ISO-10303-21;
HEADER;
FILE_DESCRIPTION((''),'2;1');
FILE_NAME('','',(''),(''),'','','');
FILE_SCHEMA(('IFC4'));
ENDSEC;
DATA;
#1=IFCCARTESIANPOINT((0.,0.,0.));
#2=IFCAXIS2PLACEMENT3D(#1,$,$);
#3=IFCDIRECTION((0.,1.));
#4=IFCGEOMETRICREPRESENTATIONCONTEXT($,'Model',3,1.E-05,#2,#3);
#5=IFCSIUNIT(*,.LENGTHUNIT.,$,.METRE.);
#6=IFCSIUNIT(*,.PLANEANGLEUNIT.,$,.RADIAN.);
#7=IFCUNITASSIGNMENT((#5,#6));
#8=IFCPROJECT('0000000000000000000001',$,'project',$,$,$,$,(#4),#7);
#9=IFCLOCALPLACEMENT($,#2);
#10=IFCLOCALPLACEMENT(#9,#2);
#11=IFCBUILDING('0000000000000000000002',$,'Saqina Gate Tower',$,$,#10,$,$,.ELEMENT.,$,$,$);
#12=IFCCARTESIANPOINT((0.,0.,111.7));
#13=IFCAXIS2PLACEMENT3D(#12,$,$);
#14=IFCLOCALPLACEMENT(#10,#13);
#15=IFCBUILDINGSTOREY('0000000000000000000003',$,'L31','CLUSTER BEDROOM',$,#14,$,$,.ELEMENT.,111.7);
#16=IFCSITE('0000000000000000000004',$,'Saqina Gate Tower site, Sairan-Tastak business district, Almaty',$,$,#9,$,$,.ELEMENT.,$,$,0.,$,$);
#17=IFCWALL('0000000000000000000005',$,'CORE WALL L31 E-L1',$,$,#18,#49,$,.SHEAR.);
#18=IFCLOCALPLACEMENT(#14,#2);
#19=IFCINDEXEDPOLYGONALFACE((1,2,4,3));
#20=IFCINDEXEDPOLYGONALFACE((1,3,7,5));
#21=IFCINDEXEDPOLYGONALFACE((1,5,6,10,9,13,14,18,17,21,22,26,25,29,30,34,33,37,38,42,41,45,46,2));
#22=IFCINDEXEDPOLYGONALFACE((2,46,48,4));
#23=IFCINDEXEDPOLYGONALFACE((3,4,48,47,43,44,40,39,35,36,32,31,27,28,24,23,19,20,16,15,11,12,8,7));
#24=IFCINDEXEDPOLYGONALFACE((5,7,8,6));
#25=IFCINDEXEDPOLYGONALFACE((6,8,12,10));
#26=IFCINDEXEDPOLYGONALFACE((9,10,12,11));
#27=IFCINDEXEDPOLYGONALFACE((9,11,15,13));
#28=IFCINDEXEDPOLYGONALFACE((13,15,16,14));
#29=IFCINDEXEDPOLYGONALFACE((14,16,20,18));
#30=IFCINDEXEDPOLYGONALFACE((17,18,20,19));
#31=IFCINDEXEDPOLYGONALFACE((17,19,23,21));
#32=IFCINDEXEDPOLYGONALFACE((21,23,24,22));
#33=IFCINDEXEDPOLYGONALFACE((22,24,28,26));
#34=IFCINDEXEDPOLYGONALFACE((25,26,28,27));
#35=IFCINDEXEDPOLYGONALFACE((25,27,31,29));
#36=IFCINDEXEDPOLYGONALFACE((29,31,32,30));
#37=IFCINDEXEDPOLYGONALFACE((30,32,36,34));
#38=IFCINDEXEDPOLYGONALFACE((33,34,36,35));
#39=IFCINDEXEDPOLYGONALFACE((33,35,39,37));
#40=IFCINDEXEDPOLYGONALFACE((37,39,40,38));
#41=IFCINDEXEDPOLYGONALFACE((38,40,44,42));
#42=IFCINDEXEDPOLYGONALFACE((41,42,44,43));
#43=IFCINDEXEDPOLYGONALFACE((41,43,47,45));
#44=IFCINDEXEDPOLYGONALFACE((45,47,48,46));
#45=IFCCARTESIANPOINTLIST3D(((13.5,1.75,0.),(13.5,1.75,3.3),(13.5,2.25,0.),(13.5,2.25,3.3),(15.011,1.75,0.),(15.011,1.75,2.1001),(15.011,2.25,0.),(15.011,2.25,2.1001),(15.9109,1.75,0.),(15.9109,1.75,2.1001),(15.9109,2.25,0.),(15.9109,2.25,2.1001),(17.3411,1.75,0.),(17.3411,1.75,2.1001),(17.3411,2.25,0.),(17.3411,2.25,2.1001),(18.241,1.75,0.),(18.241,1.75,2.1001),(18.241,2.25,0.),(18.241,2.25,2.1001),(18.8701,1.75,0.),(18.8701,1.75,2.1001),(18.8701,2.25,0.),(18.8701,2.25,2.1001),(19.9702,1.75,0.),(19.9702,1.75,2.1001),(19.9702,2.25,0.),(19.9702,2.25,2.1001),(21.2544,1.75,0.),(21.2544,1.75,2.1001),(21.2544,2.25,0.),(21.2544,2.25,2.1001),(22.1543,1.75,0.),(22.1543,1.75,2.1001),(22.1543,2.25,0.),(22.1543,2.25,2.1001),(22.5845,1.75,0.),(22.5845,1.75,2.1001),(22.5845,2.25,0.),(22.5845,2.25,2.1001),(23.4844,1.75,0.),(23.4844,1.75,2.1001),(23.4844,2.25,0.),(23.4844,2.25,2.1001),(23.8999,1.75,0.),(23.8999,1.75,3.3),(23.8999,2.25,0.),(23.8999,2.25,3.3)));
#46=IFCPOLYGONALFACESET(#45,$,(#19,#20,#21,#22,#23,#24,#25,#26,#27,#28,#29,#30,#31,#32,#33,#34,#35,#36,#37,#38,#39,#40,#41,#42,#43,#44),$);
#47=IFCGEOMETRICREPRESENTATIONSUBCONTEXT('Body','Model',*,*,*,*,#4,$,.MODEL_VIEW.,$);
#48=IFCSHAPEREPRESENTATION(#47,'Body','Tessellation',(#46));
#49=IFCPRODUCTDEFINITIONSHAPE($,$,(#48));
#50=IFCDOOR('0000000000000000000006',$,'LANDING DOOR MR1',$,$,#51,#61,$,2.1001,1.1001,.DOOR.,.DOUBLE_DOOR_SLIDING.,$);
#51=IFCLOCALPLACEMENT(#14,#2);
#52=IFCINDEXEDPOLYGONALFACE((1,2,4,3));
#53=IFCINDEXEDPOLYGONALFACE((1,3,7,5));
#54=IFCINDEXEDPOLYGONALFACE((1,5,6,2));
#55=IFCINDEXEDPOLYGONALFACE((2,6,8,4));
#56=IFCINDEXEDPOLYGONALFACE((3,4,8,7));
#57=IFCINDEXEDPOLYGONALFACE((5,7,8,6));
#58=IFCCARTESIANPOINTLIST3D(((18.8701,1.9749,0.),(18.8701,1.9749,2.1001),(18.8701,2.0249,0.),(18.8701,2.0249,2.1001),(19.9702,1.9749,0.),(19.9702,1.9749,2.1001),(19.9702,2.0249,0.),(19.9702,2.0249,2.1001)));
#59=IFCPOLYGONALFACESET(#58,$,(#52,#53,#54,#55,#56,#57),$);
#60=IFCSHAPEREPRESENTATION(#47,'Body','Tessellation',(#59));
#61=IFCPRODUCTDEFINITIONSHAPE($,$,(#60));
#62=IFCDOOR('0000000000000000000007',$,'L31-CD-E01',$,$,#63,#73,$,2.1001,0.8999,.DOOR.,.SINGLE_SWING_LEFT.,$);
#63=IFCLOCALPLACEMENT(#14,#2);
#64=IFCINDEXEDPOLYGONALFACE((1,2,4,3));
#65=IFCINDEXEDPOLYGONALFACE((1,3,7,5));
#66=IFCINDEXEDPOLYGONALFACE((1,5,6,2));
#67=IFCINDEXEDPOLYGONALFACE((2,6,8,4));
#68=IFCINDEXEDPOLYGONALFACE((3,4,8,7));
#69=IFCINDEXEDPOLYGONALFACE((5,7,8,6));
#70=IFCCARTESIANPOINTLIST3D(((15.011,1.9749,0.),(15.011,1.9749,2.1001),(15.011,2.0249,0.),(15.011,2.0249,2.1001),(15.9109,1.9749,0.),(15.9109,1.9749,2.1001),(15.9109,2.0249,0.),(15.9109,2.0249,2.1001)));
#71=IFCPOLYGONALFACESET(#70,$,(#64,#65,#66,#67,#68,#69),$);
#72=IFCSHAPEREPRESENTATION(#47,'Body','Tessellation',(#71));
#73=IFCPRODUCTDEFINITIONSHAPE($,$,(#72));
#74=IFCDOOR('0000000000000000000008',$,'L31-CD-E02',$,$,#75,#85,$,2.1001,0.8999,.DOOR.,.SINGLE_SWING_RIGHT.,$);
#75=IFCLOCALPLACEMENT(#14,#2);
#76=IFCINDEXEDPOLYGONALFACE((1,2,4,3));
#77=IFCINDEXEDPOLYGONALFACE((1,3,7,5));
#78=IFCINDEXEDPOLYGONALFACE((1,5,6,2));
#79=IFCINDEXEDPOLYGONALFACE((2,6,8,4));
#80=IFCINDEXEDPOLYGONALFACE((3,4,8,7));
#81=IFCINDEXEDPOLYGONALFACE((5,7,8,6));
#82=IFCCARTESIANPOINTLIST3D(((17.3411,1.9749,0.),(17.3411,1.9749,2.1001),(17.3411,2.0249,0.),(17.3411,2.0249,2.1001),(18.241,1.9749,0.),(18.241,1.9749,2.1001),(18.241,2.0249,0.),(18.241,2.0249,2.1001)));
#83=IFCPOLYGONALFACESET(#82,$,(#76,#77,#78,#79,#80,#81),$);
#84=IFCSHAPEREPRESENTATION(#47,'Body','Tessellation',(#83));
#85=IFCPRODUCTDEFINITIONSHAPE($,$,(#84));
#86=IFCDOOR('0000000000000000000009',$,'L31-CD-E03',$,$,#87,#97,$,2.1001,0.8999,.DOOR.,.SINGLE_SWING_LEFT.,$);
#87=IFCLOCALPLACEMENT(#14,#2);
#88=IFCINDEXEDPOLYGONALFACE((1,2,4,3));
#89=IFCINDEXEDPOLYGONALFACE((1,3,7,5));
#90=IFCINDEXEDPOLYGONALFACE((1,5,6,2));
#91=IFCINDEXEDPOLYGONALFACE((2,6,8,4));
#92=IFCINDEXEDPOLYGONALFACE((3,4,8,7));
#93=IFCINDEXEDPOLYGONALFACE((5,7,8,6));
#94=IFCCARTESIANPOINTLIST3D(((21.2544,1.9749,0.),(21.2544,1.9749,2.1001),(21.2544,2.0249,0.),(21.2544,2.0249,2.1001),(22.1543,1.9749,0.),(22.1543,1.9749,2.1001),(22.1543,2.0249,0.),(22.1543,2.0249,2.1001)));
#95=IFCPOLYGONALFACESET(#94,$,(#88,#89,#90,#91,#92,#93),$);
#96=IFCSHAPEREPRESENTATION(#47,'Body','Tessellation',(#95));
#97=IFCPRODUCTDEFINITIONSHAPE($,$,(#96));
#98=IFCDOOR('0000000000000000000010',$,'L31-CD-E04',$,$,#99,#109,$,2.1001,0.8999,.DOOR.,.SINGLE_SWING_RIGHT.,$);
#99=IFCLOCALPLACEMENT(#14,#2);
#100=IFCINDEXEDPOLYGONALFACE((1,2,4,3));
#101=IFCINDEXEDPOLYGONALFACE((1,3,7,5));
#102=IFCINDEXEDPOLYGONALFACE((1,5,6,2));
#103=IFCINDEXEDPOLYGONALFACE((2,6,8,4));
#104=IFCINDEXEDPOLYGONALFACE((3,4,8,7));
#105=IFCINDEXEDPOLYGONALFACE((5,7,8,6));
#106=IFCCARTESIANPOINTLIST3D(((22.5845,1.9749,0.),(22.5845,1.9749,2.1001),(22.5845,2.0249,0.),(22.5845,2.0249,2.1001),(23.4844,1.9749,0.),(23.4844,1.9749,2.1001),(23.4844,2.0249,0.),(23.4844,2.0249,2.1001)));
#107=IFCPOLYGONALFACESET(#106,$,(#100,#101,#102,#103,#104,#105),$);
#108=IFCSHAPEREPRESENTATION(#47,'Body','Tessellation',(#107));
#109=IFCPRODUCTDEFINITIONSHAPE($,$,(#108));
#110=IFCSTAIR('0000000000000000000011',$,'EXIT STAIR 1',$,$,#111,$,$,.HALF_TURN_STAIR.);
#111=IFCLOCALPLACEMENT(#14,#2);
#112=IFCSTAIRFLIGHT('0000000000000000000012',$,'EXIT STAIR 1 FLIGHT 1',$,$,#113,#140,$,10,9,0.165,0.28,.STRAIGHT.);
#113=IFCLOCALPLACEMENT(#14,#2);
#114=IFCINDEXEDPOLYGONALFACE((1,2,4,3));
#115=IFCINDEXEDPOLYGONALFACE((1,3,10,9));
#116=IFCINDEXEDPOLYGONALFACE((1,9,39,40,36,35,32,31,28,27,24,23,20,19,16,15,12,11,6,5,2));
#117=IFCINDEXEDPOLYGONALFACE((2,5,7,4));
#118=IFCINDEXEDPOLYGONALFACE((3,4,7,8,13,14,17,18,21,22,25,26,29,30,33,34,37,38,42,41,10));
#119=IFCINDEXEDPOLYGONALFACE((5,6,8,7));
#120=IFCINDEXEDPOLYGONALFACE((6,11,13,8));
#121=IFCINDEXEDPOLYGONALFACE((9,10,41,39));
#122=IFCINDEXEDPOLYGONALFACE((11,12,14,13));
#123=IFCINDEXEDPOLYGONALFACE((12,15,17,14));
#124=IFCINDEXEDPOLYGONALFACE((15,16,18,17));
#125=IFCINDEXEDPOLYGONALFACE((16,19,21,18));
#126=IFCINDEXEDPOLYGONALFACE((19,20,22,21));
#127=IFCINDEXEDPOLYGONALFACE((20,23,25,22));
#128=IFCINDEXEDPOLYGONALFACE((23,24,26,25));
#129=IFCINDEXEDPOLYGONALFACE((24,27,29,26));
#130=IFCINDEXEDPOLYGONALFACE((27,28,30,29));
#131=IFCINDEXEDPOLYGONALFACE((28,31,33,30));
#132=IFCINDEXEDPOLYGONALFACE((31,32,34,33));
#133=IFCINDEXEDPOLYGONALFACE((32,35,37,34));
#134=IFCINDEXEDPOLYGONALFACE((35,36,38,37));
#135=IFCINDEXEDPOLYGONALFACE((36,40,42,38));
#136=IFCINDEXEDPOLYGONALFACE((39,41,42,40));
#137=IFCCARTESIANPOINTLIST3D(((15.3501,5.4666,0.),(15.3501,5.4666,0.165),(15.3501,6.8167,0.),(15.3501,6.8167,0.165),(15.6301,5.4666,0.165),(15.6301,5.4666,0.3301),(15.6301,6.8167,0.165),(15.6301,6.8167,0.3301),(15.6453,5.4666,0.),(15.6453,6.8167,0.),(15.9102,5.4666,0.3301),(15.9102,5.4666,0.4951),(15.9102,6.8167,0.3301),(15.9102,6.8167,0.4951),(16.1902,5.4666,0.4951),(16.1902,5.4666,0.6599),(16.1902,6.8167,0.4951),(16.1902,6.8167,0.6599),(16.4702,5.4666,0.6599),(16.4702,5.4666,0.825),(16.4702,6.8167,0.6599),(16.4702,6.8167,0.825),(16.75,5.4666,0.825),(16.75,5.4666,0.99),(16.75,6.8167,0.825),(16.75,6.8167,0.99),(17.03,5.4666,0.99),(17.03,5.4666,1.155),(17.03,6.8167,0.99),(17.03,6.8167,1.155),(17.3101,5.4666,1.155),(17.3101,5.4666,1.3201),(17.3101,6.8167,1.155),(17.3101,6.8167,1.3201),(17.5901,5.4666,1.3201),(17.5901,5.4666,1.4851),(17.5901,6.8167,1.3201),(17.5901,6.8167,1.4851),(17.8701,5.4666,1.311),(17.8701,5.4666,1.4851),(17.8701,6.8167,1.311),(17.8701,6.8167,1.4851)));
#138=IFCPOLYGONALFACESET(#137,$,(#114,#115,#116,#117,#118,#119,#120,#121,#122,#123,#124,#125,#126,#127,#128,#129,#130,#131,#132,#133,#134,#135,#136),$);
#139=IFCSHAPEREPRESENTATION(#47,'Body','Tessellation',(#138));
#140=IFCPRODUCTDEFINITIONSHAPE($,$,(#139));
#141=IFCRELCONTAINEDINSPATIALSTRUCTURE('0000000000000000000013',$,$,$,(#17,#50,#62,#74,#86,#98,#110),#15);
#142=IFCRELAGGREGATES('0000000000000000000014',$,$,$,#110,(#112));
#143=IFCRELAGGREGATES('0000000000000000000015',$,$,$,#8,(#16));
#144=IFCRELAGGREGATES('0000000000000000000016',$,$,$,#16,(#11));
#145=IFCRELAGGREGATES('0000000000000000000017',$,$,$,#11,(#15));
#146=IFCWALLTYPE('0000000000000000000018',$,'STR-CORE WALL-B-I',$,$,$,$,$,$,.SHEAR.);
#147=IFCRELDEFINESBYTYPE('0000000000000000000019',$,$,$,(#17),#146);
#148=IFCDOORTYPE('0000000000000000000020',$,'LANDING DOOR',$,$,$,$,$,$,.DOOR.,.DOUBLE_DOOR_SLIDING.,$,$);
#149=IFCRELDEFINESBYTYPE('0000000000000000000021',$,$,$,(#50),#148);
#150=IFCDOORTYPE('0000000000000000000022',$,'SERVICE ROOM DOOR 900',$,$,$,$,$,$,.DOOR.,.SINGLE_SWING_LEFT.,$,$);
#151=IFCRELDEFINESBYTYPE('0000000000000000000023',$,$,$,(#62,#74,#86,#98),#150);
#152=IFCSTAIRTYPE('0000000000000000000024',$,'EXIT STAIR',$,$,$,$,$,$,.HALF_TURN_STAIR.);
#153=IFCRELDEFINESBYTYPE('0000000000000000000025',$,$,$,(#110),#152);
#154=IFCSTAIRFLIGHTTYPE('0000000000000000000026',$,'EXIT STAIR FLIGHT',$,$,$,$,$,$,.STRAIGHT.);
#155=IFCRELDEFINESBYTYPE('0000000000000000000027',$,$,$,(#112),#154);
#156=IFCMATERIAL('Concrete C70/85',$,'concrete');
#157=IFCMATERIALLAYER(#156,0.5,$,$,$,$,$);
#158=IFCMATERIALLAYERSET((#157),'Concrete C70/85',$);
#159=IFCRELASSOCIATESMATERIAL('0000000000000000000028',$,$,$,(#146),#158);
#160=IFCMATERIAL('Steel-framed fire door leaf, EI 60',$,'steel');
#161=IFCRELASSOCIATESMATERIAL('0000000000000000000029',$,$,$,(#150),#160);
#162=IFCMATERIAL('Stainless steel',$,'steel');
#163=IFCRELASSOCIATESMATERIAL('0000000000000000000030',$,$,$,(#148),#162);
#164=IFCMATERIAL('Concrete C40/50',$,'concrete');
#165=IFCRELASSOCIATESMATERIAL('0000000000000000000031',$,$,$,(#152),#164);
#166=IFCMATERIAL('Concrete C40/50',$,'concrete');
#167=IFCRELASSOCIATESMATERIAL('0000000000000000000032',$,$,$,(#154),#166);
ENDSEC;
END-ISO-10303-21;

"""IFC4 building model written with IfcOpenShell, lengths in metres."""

from ifc_helpers import new_model, si_unit, direction, frame, frame_2d, origin, place, context, subcontext, project, spatial, polyline, rectangle, outline, extrude, material, layer, layer_set, type_object, element, fill, aggregate, save


model = new_model("IFC4")

# Units and contexts
model_context = context("Model", 3, precision=1e-05, world=origin(), true_north=direction((0.0, 1.0)))
body_context = subcontext(model_context, "Body", "Model", "MODEL_VIEW")
ifc_project = project(units=[si_unit("LENGTHUNIT", "METRE"), si_unit("PLANEANGLEUNIT", "RADIAN")], contexts=[model_context])

# Site, building, storey
site_placement = place(None, origin())
site = spatial("IfcSite", under=ifc_project, at=site_placement, Name="Saqina Gate Tower site, Sairan-Tastak business district, Almaty", CompositionType="ELEMENT", RefElevation=0.0)
building_placement = place(site_placement, origin())
building = spatial("IfcBuilding", under=site, at=building_placement, Name="Saqina Gate Tower", CompositionType="ELEMENT")
storey_placement = place(building_placement, frame((0.0, 0.0, 111.7)))
storey = spatial("IfcBuildingStorey", under=building, at=storey_placement, Name="L31", Description="CLUSTER BEDROOM", CompositionType="ELEMENT", Elevation=111.7)

# Shared definitions
ifc_material_1 = material(Name="Concrete C70/85", Category="concrete")
ifc_layer_1 = layer(ifc_material_1, 0.5)
ifc_layer_set_1 = layer_set([ifc_layer_1], Name="Concrete C70/85")
wall_type_1 = type_object("IfcWallType", Name="STR-CORE WALL-B-I", PredefinedType="SHEAR", material=ifc_layer_set_1)
ifc_material_2 = material(Name="Steel-framed fire door leaf, EI 60", Category="steel")
door_type_1 = type_object("IfcDoorType", Name="SERVICE ROOM DOOR 900", OperationType="SINGLE_SWING_LEFT", PredefinedType="DOOR", material=ifc_material_2)

# Wall, openings, doors
wall_1_placement = place(storey_placement, frame((13.5, 2.0, 0.0), z_axis=(0.0, 0.0, 1.0), x_axis=(1.0, 0.0, 0.0)))
wall_1 = element("IfcWall", 1, at=wall_1_placement, inside=storey, type_object=wall_type_1, Name="CORE WALL L31 E-L1", PredefinedType="SHEAR", context=body_context, shape_type="SweptSolid", body=[
    extrude(rectangle(XDim=10.3999, YDim=0.5, at=frame_2d((5.2, 0.0))), origin(), (0.0, 0.0, 1.0), 3.3),
])
opening_1_placement = place(wall_1_placement, frame((5.3701, 0.0, 0.0)))
opening_1 = element("IfcOpeningElement", 2, at=opening_1_placement, cuts=wall_1, PredefinedType="OPENING", context=body_context, shape_type="SweptSolid", body=[
    extrude(rectangle(XDim=1.1001, YDim=2.1001, at=frame_2d((0.55, 1.05))), frame((0.0, 0.262, 0.0), z_axis=(0.0, -1.0, 0.0), x_axis=(1.0, 0.0, 0.0)), (0.0, 0.0, 1.0), 0.5239),
])
opening_2_placement = place(wall_1_placement, frame((1.511, 0.0, 0.0)))
opening_2 = element("IfcOpeningElement", 3, at=opening_2_placement, cuts=wall_1, PredefinedType="OPENING", context=body_context, shape_type="SweptSolid", body=[
    extrude(rectangle(XDim=0.8999, YDim=2.1001, at=frame_2d((0.45, 1.05))), frame((0.0, 0.262, 0.0), z_axis=(0.0, -1.0, 0.0), x_axis=(1.0, 0.0, 0.0)), (0.0, 0.0, 1.0), 0.5239),
])
opening_3_placement = place(wall_1_placement, frame((3.8411, 0.0, 0.0)))
opening_3 = element("IfcOpeningElement", 4, at=opening_3_placement, cuts=wall_1, PredefinedType="OPENING", context=body_context, shape_type="SweptSolid", body=[
    extrude(rectangle(XDim=0.8999, YDim=2.1001, at=frame_2d((0.45, 1.05))), frame((0.0, 0.262, 0.0), z_axis=(0.0, -1.0, 0.0), x_axis=(1.0, 0.0, 0.0)), (0.0, 0.0, 1.0), 0.5239),
])
opening_4_placement = place(wall_1_placement, frame((7.7544, 0.0, 0.0)))
opening_4 = element("IfcOpeningElement", 5, at=opening_4_placement, cuts=wall_1, PredefinedType="OPENING", context=body_context, shape_type="SweptSolid", body=[
    extrude(rectangle(XDim=0.8999, YDim=2.1001, at=frame_2d((0.45, 1.05))), frame((0.0, 0.262, 0.0), z_axis=(0.0, -1.0, 0.0), x_axis=(1.0, 0.0, 0.0)), (0.0, 0.0, 1.0), 0.5239),
])
opening_5_placement = place(wall_1_placement, frame((9.0845, 0.0, 0.0)))
opening_5 = element("IfcOpeningElement", 6, at=opening_5_placement, cuts=wall_1, PredefinedType="OPENING", context=body_context, shape_type="SweptSolid", body=[
    extrude(rectangle(XDim=0.8999, YDim=2.1001, at=frame_2d((0.45, 1.05))), frame((0.0, 0.262, 0.0), z_axis=(0.0, -1.0, 0.0), x_axis=(1.0, 0.0, 0.0)), (0.0, 0.0, 1.0), 0.5239),
])
ifc_material_3 = material(Name="Stainless steel", Category="steel")
door_type_2 = type_object("IfcDoorType", Name="LANDING DOOR", OperationType="DOUBLE_DOOR_SLIDING", PredefinedType="DOOR", material=ifc_material_3)
door_1_placement = place(opening_1_placement, origin())
door_1 = element("IfcDoor", 7, at=door_1_placement, inside=storey, type_object=door_type_2, Name="LANDING DOOR MR1", OperationType="DOUBLE_DOOR_SLIDING", OverallHeight=2.1001, OverallWidth=1.1001, PredefinedType="DOOR", context=body_context, shape_type="SweptSolid", body=[
    extrude(rectangle(XDim=1.1001, YDim=2.1001, at=frame_2d((0.55, 1.05))), frame((0.0, 0.0249, 0.0), z_axis=(0.0, -1.0, 0.0), x_axis=(1.0, 0.0, 0.0)), (0.0, 0.0, 1.0), 0.05),
])
fill(opening_1, door_1)
door_2_placement = place(opening_2_placement, origin())
door_2 = element("IfcDoor", 8, at=door_2_placement, inside=storey, type_object=door_type_1, Name="L31-CD-E01", OperationType="SINGLE_SWING_LEFT", OverallHeight=2.1001, OverallWidth=0.8999, PredefinedType="DOOR", context=body_context, shape_type="SweptSolid", body=[
    extrude(rectangle(XDim=0.8999, YDim=2.1001, at=frame_2d((0.45, 1.05))), frame((0.0, 0.0249, 0.0), z_axis=(0.0, -1.0, 0.0), x_axis=(1.0, 0.0, 0.0)), (0.0, 0.0, 1.0), 0.05),
])
fill(opening_2, door_2)
door_3_placement = place(opening_3_placement, origin())
door_3 = element("IfcDoor", 9, at=door_3_placement, inside=storey, type_object=door_type_1, Name="L31-CD-E02", OperationType="SINGLE_SWING_RIGHT", OverallHeight=2.1001, OverallWidth=0.8999, PredefinedType="DOOR", context=body_context, shape_type="SweptSolid", body=[
    extrude(rectangle(XDim=0.8999, YDim=2.1001, at=frame_2d((0.45, 1.05))), frame((0.0, 0.0249, 0.0), z_axis=(0.0, -1.0, 0.0), x_axis=(1.0, 0.0, 0.0)), (0.0, 0.0, 1.0), 0.05),
])
fill(opening_3, door_3)
door_4_placement = place(opening_4_placement, origin())
door_4 = element("IfcDoor", 10, at=door_4_placement, inside=storey, type_object=door_type_1, Name="L31-CD-E03", OperationType="SINGLE_SWING_LEFT", OverallHeight=2.1001, OverallWidth=0.8999, PredefinedType="DOOR", context=body_context, shape_type="SweptSolid", body=[
    extrude(rectangle(XDim=0.8999, YDim=2.1001, at=frame_2d((0.45, 1.05))), frame((0.0, 0.0249, 0.0), z_axis=(0.0, -1.0, 0.0), x_axis=(1.0, 0.0, 0.0)), (0.0, 0.0, 1.0), 0.05),
])
fill(opening_4, door_4)
door_5_placement = place(opening_5_placement, origin())
door_5 = element("IfcDoor", 11, at=door_5_placement, inside=storey, type_object=door_type_1, Name="L31-CD-E04", OperationType="SINGLE_SWING_RIGHT", OverallHeight=2.1001, OverallWidth=0.8999, PredefinedType="DOOR", context=body_context, shape_type="SweptSolid", body=[
    extrude(rectangle(XDim=0.8999, YDim=2.1001, at=frame_2d((0.45, 1.05))), frame((0.0, 0.0249, 0.0), z_axis=(0.0, -1.0, 0.0), x_axis=(1.0, 0.0, 0.0)), (0.0, 0.0, 1.0), 0.05),
])
fill(opening_5, door_5)

# Stair, stair flight
ifc_material_4 = material(Name="Concrete C40/50", Category="concrete")
stair_type = type_object("IfcStairType", Name="EXIT STAIR", PredefinedType="HALF_TURN_STAIR", material=ifc_material_4)
stair_placement = place(storey_placement, origin())
stair = element("IfcStair", 12, at=stair_placement, inside=storey, type_object=stair_type, Name="EXIT STAIR 1", PredefinedType="HALF_TURN_STAIR")
ifc_material_5 = material(Name="Concrete C40/50", Category="concrete")
stair_flight_type = type_object("IfcStairFlightType", Name="EXIT STAIR FLIGHT", PredefinedType="STRAIGHT", material=ifc_material_5)
stair_flight_1_placement = place(storey_placement, frame((15.3501, 6.1416, 0.0), z_axis=(0.0, 0.0, 1.0), x_axis=(1.0, 0.0, 0.0)))
stair_flight_1 = element("IfcStairFlight", 13, at=stair_flight_1_placement, type_object=stair_flight_type, Name="EXIT STAIR 1 FLIGHT 1", NumberOfRisers=10, NumberOfTreads=9, PredefinedType="STRAIGHT", RiserHeight=0.165, TreadLength=0.28, context=body_context, shape_type="SweptSolid", body=[
    extrude(outline(polyline([(0.0, 0.0), (0.0, 0.165), (0.28, 0.165), (0.28, 0.3301), (0.5601, 0.3301), (0.5601, 0.4951), (0.8401, 0.4951), (0.8401, 0.6599), (1.1201, 0.6599), (1.1201, 0.825), (1.3999, 0.825), (1.3999, 0.99), (1.6799, 0.99), (1.6799, 1.155), (1.96, 1.155), (1.96, 1.3201), (2.24, 1.3201), (2.24, 1.4851), (2.52, 1.4851), (2.52, 1.6499), (2.52, 1.311), (0.2952, 0.0), (0.0, 0.0)])), frame((0.0, 0.675, 0.0), z_axis=(0.0, -1.0, 0.0), x_axis=(1.0, 0.0, 0.0)), (0.0, 0.0, 1.0), 1.3501),
])
aggregate(stair, [stair_flight_1])

save(model, "model.ifc")
